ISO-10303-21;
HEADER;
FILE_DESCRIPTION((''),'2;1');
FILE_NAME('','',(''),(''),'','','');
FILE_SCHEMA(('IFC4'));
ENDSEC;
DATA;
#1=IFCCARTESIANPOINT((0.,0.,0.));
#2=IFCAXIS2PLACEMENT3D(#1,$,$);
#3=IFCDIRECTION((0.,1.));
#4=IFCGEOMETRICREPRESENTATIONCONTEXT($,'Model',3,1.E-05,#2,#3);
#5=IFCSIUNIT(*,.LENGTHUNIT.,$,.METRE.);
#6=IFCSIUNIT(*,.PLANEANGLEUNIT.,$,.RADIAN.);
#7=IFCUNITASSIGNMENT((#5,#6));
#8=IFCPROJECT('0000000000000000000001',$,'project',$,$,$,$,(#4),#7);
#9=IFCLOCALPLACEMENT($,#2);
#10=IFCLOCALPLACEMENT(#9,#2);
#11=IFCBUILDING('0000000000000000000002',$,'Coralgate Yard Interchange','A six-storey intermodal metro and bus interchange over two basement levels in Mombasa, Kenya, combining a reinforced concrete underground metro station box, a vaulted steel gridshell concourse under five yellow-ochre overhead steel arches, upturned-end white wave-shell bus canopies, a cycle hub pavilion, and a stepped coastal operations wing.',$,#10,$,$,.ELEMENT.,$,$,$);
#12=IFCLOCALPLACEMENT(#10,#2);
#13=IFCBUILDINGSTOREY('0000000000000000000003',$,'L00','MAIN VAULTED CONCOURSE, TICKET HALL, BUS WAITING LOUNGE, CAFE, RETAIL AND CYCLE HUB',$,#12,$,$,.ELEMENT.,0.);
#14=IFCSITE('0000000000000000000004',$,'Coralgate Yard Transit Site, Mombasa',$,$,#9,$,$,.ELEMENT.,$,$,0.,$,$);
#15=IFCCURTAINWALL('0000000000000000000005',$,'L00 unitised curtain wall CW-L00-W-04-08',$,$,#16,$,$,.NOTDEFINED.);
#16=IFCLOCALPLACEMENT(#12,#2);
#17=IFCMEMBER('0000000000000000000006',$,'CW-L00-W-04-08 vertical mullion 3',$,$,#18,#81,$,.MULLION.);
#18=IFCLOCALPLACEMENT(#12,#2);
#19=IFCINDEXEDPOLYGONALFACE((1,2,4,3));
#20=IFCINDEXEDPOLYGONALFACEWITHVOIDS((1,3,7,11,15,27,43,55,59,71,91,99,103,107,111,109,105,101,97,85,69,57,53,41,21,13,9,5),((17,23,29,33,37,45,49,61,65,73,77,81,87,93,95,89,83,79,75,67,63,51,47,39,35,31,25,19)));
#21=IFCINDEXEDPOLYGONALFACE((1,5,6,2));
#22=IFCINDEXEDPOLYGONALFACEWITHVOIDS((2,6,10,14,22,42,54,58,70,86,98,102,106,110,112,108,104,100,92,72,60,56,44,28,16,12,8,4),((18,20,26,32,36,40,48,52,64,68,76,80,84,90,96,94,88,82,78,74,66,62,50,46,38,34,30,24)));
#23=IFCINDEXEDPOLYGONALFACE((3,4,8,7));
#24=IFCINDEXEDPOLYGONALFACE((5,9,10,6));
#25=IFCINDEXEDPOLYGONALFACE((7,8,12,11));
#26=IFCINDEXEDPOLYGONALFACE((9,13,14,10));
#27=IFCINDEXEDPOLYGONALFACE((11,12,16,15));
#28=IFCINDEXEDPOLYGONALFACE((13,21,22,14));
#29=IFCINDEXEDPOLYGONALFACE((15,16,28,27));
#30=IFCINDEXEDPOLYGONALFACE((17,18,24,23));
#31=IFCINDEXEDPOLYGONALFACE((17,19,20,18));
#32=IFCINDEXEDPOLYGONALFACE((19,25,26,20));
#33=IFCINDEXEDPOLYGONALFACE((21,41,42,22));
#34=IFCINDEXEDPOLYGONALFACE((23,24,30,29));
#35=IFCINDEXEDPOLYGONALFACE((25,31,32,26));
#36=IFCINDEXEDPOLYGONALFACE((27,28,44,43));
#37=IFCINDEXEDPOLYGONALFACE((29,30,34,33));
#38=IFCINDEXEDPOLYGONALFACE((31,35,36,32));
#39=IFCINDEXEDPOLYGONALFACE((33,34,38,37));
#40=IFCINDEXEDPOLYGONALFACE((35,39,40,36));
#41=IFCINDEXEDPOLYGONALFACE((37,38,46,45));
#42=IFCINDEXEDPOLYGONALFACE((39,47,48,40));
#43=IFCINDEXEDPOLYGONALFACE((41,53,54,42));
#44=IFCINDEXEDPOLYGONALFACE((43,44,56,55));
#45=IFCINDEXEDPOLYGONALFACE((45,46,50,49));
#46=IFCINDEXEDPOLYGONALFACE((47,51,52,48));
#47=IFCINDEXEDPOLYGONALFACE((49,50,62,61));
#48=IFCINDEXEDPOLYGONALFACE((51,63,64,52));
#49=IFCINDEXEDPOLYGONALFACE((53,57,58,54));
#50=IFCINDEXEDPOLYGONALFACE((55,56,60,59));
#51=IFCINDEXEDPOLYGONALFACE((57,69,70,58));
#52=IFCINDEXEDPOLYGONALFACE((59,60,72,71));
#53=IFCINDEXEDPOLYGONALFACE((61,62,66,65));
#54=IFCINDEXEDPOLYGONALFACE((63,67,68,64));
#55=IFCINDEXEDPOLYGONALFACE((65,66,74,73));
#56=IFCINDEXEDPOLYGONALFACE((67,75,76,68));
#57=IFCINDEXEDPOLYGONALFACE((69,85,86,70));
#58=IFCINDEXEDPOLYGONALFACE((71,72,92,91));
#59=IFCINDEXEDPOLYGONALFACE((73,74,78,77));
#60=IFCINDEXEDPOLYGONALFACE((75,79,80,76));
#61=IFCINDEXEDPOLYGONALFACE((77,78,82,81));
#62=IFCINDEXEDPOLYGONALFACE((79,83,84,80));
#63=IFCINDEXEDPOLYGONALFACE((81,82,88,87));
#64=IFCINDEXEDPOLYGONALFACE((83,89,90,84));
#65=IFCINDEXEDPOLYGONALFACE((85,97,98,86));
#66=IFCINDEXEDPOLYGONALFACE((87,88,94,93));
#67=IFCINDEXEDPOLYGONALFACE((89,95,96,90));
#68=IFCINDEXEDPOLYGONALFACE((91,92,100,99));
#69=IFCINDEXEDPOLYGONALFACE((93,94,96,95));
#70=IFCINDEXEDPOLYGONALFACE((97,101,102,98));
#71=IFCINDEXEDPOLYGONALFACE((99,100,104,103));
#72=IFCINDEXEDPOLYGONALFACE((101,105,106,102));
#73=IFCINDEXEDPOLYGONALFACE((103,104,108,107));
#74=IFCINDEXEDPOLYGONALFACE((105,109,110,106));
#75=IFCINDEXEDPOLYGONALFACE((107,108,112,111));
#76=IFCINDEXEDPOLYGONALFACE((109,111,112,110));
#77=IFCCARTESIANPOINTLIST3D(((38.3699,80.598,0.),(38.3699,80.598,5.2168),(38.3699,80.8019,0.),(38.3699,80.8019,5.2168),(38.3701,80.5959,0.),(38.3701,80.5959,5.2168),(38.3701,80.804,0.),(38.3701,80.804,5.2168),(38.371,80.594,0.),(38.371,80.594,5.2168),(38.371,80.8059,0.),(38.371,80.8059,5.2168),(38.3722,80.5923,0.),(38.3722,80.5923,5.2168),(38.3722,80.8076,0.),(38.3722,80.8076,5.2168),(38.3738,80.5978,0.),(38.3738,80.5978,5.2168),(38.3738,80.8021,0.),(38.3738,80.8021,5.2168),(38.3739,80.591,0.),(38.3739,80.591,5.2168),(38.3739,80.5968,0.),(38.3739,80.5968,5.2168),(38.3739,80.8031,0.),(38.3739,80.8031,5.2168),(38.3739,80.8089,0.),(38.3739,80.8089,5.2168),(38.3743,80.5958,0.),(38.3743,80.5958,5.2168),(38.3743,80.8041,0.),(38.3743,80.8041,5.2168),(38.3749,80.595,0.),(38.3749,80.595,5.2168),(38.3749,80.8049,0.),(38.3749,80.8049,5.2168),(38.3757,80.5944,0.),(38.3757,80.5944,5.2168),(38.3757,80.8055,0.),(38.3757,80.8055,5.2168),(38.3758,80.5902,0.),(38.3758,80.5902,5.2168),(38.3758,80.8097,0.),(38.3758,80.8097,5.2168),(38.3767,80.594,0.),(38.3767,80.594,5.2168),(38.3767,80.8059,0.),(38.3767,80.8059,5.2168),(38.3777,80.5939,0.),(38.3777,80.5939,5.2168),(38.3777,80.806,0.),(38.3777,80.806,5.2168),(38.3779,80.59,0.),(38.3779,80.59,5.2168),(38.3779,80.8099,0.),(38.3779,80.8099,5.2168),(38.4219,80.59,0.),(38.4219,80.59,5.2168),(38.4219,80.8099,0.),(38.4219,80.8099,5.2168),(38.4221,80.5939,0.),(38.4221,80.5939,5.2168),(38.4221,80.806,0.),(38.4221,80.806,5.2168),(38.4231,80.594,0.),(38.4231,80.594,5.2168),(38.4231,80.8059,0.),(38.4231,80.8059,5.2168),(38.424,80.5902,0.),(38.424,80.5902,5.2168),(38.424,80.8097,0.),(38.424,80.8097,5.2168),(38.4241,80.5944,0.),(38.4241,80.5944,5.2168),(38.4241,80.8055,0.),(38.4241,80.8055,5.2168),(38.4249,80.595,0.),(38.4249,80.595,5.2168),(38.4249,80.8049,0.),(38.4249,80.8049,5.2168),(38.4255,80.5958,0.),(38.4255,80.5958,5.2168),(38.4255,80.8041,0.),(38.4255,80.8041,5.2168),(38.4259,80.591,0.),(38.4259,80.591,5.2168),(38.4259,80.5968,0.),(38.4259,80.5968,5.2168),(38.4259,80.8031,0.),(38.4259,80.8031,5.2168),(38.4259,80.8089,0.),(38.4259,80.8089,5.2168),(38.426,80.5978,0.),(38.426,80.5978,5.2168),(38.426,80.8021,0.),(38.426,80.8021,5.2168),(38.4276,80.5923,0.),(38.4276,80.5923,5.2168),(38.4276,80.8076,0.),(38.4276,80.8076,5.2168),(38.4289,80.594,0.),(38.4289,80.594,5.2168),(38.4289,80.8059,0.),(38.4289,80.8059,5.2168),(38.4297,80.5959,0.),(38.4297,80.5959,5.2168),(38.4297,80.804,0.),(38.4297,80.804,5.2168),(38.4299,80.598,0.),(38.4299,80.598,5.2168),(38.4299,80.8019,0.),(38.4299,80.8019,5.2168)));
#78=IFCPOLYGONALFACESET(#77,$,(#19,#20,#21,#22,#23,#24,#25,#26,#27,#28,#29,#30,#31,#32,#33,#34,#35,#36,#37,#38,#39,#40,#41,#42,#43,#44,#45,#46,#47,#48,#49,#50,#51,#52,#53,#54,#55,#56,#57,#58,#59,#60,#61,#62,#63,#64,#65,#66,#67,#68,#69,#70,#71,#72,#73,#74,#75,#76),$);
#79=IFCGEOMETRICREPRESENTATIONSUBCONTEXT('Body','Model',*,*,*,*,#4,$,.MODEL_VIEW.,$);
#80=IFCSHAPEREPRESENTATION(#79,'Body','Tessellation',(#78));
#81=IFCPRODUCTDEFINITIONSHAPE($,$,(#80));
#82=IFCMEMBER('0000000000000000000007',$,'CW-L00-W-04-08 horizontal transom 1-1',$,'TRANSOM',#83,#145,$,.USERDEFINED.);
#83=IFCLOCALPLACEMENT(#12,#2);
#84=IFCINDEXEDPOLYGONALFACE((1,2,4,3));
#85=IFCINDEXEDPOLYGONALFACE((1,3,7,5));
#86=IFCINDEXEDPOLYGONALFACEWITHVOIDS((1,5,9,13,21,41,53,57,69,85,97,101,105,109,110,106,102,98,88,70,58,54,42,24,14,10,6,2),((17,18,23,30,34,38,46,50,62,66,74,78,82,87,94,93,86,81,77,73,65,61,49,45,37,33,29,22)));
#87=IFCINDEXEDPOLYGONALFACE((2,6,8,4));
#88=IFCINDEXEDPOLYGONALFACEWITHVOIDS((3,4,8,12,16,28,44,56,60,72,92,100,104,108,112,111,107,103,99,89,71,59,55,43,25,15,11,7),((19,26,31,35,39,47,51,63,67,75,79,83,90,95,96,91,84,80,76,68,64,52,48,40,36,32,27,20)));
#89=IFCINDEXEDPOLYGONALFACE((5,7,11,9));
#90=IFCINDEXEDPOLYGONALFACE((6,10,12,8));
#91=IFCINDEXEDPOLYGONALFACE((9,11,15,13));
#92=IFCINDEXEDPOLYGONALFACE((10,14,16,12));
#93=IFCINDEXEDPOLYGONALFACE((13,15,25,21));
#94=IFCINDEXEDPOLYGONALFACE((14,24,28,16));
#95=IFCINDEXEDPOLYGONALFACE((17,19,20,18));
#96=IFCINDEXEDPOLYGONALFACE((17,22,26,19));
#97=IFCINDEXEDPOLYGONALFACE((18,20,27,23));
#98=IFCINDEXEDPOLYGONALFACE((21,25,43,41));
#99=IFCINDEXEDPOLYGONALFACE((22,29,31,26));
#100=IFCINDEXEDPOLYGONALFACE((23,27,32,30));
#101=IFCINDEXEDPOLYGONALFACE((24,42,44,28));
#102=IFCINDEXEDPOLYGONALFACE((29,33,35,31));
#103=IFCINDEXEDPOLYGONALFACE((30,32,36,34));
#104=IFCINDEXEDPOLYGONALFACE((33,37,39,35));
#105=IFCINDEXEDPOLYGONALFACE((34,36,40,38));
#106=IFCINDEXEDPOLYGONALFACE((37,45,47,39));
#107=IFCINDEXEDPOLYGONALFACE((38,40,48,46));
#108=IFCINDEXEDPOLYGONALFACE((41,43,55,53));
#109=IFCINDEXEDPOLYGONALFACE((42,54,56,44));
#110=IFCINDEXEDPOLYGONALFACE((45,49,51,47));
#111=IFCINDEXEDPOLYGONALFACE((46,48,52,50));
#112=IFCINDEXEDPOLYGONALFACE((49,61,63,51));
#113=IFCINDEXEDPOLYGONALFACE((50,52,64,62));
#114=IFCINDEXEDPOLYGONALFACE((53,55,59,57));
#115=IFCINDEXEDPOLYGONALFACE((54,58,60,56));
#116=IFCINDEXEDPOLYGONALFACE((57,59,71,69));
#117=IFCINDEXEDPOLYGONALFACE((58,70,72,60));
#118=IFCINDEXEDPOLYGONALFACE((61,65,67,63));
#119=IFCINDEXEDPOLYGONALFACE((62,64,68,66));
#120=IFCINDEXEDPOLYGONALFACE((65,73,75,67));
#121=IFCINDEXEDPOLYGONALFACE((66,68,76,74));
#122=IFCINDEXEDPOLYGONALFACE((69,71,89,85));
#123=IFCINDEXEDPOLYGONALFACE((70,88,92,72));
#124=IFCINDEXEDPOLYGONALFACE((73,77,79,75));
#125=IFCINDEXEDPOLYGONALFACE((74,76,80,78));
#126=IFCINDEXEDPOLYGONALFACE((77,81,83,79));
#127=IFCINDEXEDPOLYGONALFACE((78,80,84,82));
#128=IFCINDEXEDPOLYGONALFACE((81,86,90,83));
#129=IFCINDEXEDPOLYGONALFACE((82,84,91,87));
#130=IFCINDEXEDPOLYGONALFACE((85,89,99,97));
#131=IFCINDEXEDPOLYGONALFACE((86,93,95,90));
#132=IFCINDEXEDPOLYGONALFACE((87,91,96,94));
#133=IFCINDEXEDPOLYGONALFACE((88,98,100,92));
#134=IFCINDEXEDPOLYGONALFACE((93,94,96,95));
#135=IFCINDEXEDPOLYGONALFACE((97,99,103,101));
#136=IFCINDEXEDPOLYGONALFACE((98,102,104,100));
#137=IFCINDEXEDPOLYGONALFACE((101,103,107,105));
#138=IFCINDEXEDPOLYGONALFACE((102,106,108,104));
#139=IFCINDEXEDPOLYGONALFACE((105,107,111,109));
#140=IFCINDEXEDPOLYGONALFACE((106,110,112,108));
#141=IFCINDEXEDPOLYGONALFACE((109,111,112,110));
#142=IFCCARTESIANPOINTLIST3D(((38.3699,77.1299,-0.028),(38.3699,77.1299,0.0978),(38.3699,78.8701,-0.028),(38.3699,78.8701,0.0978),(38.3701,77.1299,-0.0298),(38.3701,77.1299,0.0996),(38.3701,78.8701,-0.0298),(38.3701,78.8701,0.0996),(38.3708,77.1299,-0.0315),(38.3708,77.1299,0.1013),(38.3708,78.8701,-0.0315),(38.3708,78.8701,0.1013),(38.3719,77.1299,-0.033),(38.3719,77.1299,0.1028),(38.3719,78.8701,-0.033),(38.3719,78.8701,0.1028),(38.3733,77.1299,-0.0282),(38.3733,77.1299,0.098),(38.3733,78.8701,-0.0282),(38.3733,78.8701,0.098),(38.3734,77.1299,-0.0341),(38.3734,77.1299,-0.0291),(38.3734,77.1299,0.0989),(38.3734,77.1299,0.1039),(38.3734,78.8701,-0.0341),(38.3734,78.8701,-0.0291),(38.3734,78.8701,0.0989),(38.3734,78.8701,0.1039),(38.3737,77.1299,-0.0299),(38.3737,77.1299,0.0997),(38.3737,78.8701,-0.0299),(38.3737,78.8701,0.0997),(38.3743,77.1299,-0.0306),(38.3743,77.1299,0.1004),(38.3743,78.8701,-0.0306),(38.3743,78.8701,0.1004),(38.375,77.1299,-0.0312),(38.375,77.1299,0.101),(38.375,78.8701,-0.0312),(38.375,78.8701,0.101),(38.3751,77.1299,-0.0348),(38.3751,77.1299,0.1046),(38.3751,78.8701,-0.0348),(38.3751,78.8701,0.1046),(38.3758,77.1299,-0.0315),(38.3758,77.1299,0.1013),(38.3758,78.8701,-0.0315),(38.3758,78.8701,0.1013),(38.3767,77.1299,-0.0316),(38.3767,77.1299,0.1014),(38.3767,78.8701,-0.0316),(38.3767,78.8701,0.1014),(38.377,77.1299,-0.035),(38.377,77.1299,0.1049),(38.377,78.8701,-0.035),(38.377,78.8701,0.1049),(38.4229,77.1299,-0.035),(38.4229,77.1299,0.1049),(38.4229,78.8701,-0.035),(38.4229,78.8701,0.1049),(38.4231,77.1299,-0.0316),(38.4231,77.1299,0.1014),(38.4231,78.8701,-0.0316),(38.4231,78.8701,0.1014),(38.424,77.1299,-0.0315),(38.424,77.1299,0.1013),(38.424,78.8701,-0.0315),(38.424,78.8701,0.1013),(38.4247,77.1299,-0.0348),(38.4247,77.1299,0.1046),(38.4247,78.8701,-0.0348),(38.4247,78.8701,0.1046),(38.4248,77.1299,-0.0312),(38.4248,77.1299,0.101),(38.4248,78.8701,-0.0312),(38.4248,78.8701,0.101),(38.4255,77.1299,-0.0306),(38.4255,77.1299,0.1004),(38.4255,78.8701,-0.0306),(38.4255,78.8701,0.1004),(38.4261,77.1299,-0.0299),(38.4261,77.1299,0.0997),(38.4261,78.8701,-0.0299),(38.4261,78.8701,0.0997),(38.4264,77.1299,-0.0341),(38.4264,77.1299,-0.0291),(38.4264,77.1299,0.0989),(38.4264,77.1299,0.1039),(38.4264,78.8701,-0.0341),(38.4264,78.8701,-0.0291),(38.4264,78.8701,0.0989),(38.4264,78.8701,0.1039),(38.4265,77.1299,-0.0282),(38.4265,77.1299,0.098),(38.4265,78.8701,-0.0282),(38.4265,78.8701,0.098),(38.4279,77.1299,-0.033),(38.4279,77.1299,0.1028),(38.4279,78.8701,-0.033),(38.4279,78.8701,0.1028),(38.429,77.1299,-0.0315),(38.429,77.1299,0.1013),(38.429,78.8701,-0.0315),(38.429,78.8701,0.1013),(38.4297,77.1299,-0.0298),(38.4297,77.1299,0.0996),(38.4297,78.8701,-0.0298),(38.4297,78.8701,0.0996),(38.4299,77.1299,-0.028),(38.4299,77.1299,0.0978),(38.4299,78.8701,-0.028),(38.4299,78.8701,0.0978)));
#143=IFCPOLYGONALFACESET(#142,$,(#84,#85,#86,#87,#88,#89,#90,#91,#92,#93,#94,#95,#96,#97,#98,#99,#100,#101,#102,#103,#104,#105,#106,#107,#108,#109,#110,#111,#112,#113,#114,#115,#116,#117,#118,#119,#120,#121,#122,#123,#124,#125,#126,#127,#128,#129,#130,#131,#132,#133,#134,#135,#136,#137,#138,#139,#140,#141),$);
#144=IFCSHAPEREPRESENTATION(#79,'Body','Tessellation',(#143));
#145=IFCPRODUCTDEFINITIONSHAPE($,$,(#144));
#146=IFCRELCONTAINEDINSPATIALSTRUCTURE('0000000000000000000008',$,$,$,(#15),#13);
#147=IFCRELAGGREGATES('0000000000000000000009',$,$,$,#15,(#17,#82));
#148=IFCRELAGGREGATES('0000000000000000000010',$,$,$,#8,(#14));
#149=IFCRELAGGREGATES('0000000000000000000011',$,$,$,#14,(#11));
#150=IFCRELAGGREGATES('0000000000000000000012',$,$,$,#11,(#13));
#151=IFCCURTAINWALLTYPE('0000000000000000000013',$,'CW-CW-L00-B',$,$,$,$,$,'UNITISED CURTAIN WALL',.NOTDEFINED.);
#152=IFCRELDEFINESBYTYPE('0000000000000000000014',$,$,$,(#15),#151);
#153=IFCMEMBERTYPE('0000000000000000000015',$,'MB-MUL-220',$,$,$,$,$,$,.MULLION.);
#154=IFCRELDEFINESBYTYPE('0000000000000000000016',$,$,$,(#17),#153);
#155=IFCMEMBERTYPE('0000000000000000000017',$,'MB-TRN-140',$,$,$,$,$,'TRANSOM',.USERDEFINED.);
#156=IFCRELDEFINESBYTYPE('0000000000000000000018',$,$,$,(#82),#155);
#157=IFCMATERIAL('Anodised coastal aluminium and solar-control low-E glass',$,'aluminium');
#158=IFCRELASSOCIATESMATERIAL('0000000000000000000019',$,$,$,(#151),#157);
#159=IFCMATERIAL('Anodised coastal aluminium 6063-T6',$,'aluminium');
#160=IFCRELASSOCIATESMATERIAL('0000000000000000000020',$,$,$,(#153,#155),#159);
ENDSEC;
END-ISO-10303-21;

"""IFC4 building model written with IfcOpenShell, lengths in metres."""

from ifc_helpers import new_model, si_unit, direction, frame, origin, origin_2d, place, context, subcontext, project, spatial, hollow_rectangle, extrude, material, material_profile, profile_set, type_object, element, aggregate, save


model = new_model("IFC4")

# Units and contexts
model_context = context("Model", 3, precision=1e-05, world=origin(), true_north=direction((0.0, 1.0)))
body_context = subcontext(model_context, "Body", "Model", "MODEL_VIEW")
ifc_project = project(units=[si_unit("LENGTHUNIT", "METRE"), si_unit("PLANEANGLEUNIT", "RADIAN")], contexts=[model_context])

# Site, building, storey
site_placement = place(None, origin())
site = spatial("IfcSite", under=ifc_project, at=site_placement, Name="Coralgate Yard Transit Site, Mombasa", CompositionType="ELEMENT", RefElevation=0.0)
building_placement = place(site_placement, origin())
building = spatial("IfcBuilding", under=site, at=building_placement, Name="Coralgate Yard Interchange", Description="A six-storey intermodal metro and bus interchange over two basement levels in Mombasa, Kenya, combining a reinforced concrete underground metro station box, a vaulted steel gridshell concourse under five yellow-ochre overhead steel arches, upturned-end white wave-shell bus canopies, a cycle hub pavilion, and a stepped coastal operations wing.", CompositionType="ELEMENT")
storey_placement = place(building_placement, origin())
storey = spatial("IfcBuildingStorey", under=building, at=storey_placement, Name="L00", Description="MAIN VAULTED CONCOURSE, TICKET HALL, BUS WAITING LOUNGE, CAFE, RETAIL AND CYCLE HUB", CompositionType="ELEMENT", Elevation=0.0)

# Curtain wall, members
ifc_material_1 = material(Name="Anodised coastal aluminium and solar-control low-E glass", Category="aluminium")
curtain_wall_type = type_object("IfcCurtainWallType", Name="CW-CW-L00-B", ElementType="UNITISED CURTAIN WALL", PredefinedType="NOTDEFINED", material=ifc_material_1)
curtain_wall_placement = place(storey_placement, origin())
curtain_wall = element("IfcCurtainWall", 1, at=curtain_wall_placement, inside=storey, type_object=curtain_wall_type, Name="L00 unitised curtain wall CW-L00-W-04-08", PredefinedType="NOTDEFINED")
ifc_material_2 = material(Name="Anodised coastal aluminium 6063-T6", Category="aluminium")
ifc_material_profile_1 = material_profile(ifc_material_2, hollow_rectangle(XDim=0.0601, YDim=0.22, WallThickness=0.0039, InnerFilletRadius=0.0039, OuterFilletRadius=0.0081, at=origin_2d()), Name="ALU 60x220x4")
ifc_profile_set_1 = profile_set([ifc_material_profile_1], Name="Anodised coastal aluminium 6063-T6")
member_type_1 = type_object("IfcMemberType", Name="MB-MUL-220", PredefinedType="MULLION", material=ifc_profile_set_1)
member_1_placement = place(storey_placement, frame((38.3999, 80.7, 0.0), z_axis=(0.0, 0.0, 1.0), x_axis=(1.0, 0.0, 0.0)))
member_1 = element("IfcMember", 2, at=member_1_placement, type_object=member_type_1, Name="CW-L00-W-04-08 vertical mullion 3", PredefinedType="MULLION", context=body_context, shape_type="SweptSolid", body=[
    extrude(hollow_rectangle(XDim=0.0601, YDim=0.22, WallThickness=0.0039, InnerFilletRadius=0.0039, OuterFilletRadius=0.0081, at=origin_2d()), origin(), (0.0, 0.0, 1.0), 5.2168),
])
ifc_material_profile_2 = material_profile(ifc_material_2, hollow_rectangle(XDim=0.0601, YDim=0.1399, WallThickness=0.0034, InnerFilletRadius=0.0034, OuterFilletRadius=0.0071, at=origin_2d()), Name="ALU 60x140x3.5")
ifc_profile_set_2 = profile_set([ifc_material_profile_2], Name="Anodised coastal aluminium 6063-T6")
member_type_2 = type_object("IfcMemberType", Name="MB-TRN-140", ElementType="TRANSOM", PredefinedType="USERDEFINED", material=ifc_profile_set_2)
member_2_placement = place(storey_placement, frame((38.3999, 77.1299, 0.0349), z_axis=(0.0, 1.0, 0.0), x_axis=(-1.0, 0.0, 0.0)))
member_2 = element("IfcMember", 3, at=member_2_placement, type_object=member_type_2, Name="CW-L00-W-04-08 horizontal transom 1-1", ObjectType="TRANSOM", PredefinedType="USERDEFINED", context=body_context, shape_type="SweptSolid", body=[
    extrude(hollow_rectangle(XDim=0.0601, YDim=0.1399, WallThickness=0.0034, InnerFilletRadius=0.0034, OuterFilletRadius=0.0071, at=origin_2d()), origin(), (0.0, 0.0, 1.0), 1.7402),
])
aggregate(curtain_wall, [member_1, member_2])

save(model, "model.ifc")
